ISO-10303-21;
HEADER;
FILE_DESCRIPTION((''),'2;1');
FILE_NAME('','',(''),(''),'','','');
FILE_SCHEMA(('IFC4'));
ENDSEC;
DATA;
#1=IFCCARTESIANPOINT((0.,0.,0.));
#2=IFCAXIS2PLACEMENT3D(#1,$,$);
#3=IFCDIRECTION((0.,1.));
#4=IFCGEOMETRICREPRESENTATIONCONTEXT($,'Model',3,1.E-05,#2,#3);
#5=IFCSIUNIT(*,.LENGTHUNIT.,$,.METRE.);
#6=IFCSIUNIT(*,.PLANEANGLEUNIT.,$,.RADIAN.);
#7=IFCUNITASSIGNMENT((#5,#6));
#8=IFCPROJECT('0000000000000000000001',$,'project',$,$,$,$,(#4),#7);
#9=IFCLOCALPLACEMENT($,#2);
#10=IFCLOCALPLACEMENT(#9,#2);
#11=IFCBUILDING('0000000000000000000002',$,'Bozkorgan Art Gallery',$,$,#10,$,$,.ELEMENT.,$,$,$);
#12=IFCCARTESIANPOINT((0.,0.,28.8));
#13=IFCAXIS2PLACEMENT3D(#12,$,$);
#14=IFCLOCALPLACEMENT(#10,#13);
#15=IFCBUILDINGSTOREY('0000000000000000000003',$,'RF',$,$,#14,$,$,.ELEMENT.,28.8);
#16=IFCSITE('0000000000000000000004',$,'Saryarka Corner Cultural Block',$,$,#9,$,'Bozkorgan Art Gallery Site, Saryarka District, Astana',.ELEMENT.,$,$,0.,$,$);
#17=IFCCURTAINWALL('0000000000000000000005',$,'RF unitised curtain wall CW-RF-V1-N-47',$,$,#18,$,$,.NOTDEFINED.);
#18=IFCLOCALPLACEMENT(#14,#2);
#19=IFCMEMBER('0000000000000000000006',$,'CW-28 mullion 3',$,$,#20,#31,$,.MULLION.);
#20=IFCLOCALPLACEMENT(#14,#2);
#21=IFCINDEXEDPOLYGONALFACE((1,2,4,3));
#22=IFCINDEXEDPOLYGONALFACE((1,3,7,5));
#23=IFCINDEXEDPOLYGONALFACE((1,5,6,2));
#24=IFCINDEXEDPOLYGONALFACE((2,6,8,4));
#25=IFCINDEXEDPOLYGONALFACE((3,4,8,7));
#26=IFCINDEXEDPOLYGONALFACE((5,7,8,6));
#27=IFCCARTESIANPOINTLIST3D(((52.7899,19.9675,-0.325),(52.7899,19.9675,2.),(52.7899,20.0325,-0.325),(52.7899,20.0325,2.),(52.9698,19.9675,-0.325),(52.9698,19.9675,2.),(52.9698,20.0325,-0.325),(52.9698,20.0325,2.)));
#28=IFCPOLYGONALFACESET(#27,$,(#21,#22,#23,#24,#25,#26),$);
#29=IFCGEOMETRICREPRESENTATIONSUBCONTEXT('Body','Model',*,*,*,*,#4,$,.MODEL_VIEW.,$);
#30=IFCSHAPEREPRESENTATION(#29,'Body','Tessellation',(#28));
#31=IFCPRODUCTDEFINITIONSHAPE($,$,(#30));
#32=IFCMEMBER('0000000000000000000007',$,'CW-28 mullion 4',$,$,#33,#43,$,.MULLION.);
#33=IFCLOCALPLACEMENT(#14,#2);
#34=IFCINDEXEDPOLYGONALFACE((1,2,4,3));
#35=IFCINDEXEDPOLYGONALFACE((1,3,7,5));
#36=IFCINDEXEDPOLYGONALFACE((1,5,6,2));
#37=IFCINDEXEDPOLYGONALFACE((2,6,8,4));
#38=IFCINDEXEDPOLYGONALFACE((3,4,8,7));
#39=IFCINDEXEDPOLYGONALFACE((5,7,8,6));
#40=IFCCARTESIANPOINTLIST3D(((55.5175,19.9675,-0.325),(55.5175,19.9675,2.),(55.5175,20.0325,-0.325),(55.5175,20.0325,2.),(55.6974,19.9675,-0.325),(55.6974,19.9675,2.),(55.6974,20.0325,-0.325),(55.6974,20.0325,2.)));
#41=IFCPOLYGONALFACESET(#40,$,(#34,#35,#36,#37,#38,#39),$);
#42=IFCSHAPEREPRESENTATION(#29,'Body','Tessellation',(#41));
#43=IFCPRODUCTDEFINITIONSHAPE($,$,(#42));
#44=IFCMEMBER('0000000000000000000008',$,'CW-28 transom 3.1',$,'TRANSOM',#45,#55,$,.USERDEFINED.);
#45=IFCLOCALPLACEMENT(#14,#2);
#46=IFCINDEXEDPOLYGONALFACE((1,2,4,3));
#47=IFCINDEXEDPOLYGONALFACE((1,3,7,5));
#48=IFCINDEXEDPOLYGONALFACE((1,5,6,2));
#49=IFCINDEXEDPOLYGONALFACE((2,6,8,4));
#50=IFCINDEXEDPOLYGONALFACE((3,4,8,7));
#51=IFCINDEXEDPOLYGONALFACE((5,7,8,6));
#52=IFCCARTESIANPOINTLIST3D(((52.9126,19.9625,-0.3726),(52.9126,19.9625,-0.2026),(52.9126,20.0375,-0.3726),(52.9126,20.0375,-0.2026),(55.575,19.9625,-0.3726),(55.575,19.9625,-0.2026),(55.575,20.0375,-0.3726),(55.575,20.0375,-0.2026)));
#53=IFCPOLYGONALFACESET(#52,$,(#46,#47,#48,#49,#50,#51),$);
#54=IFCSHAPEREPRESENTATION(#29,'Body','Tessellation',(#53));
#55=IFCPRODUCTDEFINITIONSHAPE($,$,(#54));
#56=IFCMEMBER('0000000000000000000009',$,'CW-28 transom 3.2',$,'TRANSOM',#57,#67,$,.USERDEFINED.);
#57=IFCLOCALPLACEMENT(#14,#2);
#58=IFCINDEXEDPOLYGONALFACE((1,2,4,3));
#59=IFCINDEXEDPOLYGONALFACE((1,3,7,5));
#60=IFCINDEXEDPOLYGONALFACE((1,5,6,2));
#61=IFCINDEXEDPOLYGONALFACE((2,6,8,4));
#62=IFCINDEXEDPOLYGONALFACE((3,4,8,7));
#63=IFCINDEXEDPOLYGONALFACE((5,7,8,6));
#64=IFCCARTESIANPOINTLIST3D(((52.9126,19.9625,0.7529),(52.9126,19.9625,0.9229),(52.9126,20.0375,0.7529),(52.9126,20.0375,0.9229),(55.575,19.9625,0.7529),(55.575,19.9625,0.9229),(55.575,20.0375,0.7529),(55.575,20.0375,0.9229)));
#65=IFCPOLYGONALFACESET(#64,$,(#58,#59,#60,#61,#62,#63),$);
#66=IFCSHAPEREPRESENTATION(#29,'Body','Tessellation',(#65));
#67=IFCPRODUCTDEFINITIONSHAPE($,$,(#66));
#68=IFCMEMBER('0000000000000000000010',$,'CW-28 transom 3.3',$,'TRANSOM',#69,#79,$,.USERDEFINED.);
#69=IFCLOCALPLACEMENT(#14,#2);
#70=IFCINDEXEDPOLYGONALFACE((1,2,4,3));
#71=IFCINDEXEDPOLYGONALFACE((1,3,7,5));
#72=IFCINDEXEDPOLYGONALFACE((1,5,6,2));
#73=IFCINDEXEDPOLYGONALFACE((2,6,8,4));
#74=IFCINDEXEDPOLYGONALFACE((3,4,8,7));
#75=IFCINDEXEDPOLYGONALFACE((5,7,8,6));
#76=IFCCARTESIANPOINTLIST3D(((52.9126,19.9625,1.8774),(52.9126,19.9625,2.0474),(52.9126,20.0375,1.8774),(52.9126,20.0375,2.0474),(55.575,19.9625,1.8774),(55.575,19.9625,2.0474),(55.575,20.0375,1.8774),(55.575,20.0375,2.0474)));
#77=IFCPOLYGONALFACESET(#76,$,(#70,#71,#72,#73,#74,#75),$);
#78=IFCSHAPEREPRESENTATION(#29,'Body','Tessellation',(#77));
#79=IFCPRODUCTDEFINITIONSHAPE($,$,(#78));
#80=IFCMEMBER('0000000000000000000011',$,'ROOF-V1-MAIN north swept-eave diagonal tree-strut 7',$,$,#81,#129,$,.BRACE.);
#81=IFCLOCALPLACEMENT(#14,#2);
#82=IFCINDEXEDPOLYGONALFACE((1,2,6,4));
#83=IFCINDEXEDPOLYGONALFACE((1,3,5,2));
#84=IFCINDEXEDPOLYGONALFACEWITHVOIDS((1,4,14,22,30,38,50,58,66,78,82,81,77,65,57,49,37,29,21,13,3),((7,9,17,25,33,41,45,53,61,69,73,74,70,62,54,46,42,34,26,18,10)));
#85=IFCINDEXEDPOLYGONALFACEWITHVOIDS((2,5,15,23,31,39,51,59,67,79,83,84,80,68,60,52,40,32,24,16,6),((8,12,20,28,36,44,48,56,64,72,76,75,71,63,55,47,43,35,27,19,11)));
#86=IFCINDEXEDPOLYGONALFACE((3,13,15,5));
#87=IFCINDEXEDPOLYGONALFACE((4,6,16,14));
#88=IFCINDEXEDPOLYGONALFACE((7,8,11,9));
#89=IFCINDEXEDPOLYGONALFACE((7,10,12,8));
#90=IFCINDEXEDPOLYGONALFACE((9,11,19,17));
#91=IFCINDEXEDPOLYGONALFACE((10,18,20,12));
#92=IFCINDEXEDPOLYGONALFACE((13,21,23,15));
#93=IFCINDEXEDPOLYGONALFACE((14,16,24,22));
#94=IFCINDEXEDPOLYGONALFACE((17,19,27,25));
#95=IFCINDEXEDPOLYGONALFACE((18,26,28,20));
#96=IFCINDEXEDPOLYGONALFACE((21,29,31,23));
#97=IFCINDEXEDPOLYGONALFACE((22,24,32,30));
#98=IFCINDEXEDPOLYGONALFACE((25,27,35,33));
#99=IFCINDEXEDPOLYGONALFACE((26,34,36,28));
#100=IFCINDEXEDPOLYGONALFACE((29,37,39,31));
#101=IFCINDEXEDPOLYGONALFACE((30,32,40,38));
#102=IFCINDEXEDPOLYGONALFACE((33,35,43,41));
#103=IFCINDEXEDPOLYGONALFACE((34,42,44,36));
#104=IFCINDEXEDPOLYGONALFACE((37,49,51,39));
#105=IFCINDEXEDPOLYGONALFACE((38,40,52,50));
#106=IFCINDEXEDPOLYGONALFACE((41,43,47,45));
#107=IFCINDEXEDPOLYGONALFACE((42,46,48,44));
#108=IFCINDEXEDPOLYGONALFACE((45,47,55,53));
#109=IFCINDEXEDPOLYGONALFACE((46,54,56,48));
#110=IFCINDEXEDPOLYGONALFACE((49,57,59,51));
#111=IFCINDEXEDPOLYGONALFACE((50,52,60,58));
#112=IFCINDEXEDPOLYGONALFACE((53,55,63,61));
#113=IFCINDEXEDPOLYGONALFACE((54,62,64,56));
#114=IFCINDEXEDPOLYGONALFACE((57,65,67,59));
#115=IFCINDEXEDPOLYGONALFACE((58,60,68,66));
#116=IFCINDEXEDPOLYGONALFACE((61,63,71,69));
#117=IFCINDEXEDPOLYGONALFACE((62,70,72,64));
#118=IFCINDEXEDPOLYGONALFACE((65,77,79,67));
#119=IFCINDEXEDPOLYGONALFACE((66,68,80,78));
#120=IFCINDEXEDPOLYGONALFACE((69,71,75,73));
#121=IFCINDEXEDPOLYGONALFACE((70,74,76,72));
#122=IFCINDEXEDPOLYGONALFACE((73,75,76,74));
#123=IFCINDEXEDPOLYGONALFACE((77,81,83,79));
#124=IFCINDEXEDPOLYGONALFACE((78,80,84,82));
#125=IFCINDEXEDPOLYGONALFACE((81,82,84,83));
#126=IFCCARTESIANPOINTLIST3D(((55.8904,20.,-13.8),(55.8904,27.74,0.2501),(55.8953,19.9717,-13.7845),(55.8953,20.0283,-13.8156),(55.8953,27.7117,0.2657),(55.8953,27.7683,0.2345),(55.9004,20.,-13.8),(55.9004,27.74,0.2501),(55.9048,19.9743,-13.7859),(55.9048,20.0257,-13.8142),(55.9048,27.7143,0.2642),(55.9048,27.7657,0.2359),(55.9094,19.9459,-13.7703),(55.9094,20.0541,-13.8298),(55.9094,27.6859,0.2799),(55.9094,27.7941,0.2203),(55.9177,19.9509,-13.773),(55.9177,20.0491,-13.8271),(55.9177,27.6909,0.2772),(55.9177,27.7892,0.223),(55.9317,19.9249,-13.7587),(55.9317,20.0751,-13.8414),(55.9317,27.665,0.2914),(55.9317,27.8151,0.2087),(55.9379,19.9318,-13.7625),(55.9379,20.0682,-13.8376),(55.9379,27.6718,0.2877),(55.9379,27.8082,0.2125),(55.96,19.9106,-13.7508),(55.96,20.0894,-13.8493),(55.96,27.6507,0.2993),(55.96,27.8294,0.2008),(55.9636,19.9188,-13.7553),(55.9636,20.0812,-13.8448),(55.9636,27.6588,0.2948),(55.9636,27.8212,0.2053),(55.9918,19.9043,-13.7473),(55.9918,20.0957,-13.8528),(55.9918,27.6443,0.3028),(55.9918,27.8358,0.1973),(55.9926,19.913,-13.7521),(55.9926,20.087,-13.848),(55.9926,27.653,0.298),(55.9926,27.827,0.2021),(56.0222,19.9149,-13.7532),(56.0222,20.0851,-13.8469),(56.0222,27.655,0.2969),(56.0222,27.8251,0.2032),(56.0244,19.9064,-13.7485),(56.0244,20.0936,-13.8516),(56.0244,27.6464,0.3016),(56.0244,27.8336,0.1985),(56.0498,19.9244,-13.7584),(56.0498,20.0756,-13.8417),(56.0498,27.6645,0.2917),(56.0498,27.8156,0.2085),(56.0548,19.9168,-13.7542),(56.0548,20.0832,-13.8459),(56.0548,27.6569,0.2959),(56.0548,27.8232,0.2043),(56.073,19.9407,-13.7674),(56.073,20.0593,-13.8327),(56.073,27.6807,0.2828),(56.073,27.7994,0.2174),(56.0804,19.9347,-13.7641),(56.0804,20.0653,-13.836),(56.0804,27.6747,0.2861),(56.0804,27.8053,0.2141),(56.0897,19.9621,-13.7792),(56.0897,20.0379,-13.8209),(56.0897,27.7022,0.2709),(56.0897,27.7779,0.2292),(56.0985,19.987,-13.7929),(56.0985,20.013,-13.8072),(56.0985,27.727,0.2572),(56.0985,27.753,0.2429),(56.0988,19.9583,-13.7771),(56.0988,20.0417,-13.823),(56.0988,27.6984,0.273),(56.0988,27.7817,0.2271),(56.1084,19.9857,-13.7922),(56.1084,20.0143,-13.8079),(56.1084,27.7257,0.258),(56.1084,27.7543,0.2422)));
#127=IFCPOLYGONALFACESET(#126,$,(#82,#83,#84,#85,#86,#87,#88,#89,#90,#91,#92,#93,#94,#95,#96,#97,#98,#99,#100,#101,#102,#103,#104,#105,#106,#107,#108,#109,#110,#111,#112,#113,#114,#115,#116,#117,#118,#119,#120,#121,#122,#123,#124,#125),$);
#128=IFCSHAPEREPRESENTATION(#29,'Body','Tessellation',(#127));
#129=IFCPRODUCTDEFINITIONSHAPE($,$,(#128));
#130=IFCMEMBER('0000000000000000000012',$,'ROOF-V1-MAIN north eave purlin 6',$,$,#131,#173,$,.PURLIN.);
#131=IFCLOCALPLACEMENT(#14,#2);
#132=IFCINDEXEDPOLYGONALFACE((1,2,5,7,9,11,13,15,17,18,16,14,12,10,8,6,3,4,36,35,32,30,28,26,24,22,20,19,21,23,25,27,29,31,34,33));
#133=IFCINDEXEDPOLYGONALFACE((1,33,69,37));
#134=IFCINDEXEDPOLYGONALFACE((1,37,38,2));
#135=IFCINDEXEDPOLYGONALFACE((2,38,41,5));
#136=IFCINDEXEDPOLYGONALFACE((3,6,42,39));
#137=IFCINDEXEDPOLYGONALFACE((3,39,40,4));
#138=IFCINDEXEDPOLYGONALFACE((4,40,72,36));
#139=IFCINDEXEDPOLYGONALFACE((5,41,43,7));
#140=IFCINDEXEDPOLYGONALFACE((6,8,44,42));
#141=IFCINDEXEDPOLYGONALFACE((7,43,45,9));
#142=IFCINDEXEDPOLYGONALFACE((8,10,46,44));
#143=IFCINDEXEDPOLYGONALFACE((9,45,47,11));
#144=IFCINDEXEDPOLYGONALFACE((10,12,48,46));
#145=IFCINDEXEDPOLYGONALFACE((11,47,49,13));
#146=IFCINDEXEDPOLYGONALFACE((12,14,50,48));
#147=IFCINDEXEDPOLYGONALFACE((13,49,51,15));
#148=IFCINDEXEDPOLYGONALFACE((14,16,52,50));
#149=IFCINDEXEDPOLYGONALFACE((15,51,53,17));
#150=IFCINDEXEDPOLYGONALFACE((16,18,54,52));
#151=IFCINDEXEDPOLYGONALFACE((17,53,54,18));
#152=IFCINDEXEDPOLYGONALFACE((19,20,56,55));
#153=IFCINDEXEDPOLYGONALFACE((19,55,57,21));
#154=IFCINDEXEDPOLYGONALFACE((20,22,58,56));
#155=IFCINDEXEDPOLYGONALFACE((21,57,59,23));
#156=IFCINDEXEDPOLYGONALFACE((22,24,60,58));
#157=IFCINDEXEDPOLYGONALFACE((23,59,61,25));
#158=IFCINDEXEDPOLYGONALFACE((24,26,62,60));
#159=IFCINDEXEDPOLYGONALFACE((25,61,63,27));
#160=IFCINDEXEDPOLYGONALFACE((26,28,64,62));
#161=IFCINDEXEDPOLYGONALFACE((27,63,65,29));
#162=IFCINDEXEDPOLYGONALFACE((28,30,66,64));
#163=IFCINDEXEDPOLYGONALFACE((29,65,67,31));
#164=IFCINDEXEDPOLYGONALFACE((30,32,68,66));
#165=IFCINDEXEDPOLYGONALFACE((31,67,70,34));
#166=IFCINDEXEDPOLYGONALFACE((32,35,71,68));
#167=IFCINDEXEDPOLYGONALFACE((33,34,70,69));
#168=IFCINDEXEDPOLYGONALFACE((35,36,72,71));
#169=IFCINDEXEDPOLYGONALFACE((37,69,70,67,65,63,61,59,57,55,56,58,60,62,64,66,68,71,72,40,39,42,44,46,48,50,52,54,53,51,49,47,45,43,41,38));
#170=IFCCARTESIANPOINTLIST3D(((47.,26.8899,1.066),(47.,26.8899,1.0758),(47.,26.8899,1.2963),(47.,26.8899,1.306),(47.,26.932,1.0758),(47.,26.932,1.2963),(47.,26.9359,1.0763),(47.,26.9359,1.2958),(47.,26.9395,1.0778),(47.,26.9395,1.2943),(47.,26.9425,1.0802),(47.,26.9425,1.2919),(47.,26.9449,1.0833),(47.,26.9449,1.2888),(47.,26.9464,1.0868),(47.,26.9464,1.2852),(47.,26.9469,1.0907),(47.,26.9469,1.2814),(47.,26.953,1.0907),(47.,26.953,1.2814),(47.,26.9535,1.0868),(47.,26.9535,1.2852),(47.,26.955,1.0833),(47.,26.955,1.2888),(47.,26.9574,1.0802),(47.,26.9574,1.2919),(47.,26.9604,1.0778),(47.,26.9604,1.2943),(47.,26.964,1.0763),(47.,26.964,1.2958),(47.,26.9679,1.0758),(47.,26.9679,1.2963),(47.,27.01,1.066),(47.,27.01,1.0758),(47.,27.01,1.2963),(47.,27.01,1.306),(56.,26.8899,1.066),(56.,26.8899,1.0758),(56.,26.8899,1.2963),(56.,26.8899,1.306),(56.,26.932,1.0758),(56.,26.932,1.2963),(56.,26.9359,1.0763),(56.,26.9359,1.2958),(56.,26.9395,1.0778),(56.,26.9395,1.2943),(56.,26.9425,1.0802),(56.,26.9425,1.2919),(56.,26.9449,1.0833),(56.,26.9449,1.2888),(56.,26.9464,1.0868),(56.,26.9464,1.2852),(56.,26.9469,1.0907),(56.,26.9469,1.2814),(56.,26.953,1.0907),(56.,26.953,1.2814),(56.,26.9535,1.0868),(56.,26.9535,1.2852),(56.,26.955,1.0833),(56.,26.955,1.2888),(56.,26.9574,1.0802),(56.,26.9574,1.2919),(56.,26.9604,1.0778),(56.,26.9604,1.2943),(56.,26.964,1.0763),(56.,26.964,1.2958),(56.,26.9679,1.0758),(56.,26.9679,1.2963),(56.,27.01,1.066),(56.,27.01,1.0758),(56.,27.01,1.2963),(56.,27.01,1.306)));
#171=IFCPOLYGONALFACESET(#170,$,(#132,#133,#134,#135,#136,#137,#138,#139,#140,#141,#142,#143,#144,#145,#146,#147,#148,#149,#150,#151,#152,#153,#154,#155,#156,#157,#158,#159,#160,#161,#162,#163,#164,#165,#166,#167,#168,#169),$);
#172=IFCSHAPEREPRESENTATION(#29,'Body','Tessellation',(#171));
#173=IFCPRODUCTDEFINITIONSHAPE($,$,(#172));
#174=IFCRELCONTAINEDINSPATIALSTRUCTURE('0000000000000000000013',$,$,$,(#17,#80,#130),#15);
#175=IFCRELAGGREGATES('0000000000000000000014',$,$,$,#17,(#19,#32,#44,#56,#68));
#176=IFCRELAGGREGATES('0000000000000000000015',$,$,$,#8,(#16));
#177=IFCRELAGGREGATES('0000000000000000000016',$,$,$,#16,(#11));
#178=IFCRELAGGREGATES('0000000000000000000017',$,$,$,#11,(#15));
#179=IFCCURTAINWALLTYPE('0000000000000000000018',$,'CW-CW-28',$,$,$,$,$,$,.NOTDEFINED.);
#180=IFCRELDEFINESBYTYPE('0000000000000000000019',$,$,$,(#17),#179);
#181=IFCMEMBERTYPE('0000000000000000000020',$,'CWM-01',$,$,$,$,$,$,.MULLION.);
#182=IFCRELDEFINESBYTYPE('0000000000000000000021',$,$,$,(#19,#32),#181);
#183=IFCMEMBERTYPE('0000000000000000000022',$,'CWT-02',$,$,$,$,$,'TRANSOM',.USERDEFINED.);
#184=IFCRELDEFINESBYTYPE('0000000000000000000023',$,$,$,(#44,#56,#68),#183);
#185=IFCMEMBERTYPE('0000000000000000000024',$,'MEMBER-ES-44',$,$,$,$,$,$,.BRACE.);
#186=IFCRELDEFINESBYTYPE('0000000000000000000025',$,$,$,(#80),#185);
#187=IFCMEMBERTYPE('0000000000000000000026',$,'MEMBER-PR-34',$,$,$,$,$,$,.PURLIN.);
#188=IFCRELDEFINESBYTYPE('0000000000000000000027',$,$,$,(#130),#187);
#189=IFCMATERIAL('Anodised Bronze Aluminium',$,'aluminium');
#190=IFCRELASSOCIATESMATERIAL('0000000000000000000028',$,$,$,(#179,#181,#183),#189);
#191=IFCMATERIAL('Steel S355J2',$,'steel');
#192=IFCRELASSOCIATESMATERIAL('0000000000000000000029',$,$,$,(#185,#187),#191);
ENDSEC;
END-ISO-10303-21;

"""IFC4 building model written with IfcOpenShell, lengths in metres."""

from ifc_helpers import new_model, si_unit, direction, frame, origin, origin_2d, place, context, subcontext, project, spatial, rectangle, hollow_circle, i_section, extrude, material, material_profile, profile_set, type_object, element, aggregate, save


model = new_model("IFC4")

# Units and contexts
model_context = context("Model", 3, precision=1e-05, world=origin(), true_north=direction((0.0, 1.0)))
body_context = subcontext(model_context, "Body", "Model", "MODEL_VIEW")
ifc_project = project(units=[si_unit("LENGTHUNIT", "METRE"), si_unit("PLANEANGLEUNIT", "RADIAN")], contexts=[model_context])

# Site, building, storey
site_placement = place(None, origin())
site = spatial("IfcSite", under=ifc_project, at=site_placement, Name="Saryarka Corner Cultural Block", LongName="Bozkorgan Art Gallery Site, Saryarka District, Astana", CompositionType="ELEMENT", RefElevation=0.0)
building_placement = place(site_placement, origin())
building = spatial("IfcBuilding", under=site, at=building_placement, Name="Bozkorgan Art Gallery", CompositionType="ELEMENT")
storey_placement = place(building_placement, frame((0.0, 0.0, 28.8)))
storey = spatial("IfcBuildingStorey", under=building, at=storey_placement, Name="RF", CompositionType="ELEMENT", Elevation=28.8)

# Curtain wall, members
ifc_material_1 = material(Name="Anodised Bronze Aluminium", Category="aluminium")
curtain_wall_type = type_object("IfcCurtainWallType", Name="CW-CW-28", PredefinedType="NOTDEFINED", material=ifc_material_1)
curtain_wall_placement = place(storey_placement, origin())
curtain_wall = element("IfcCurtainWall", 1, at=curtain_wall_placement, inside=storey, type_object=curtain_wall_type, Name="RF unitised curtain wall CW-RF-V1-N-47", PredefinedType="NOTDEFINED")
ifc_material_profile_1 = material_profile(ifc_material_1, rectangle(XDim=0.0649, YDim=0.1799, at=origin_2d()), Name="ALU MULLION 65x180")
ifc_profile_set_1 = profile_set([ifc_material_profile_1], Name="Anodised Bronze Aluminium")
member_type_1 = type_object("IfcMemberType", Name="CWM-01", PredefinedType="MULLION", material=ifc_profile_set_1)
member_1_placement = place(storey_placement, frame((52.8799, 20.0, -0.325), z_axis=(0.0, 0.0, 1.0), x_axis=(0.0, 1.0, 0.0)))
member_1 = element("IfcMember", 2, at=member_1_placement, type_object=member_type_1, Name="CW-28 mullion 3", PredefinedType="MULLION", context=body_context, shape_type="SweptSolid", body=[
    extrude(rectangle(XDim=0.0649, YDim=0.1799, at=origin_2d()), origin(), (0.0, 0.0, 1.0), 2.325),
])
member_2_placement = place(storey_placement, frame((55.6074, 20.0, -0.325), z_axis=(0.0, 0.0, 1.0), x_axis=(0.0, 1.0, 0.0)))
member_2 = element("IfcMember", 3, at=member_2_placement, type_object=member_type_1, Name="CW-28 mullion 4", PredefinedType="MULLION", context=body_context, shape_type="SweptSolid", body=[
    extrude(rectangle(XDim=0.0649, YDim=0.1799, at=origin_2d()), origin(), (0.0, 0.0, 1.0), 2.325),
])
ifc_material_profile_2 = material_profile(ifc_material_1, rectangle(XDim=0.075, YDim=0.1699, at=origin_2d()), Name="ALU TRANSOM 75x170")
ifc_profile_set_2 = profile_set([ifc_material_profile_2], Name="Anodised Bronze Aluminium")
member_type_2 = type_object("IfcMemberType", Name="CWT-02", ElementType="TRANSOM", PredefinedType="USERDEFINED", material=ifc_profile_set_2)
member_3_placement = place(storey_placement, frame((52.9126, 20.0, -0.2876), z_axis=(1.0, 0.0, 0.0), x_axis=(0.0, 1.0, 0.0)))
member_3 = element("IfcMember", 4, at=member_3_placement, type_object=member_type_2, Name="CW-28 transom 3.1", ObjectType="TRANSOM", PredefinedType="USERDEFINED", context=body_context, shape_type="SweptSolid", body=[
    extrude(rectangle(XDim=0.075, YDim=0.1699, at=origin_2d()), origin(), (0.0, 0.0, 1.0), 2.6624),
])
member_4_placement = place(storey_placement, frame((52.9126, 20.0, 0.8379), z_axis=(1.0, 0.0, 0.0), x_axis=(0.0, 1.0, 0.0)))
member_4 = element("IfcMember", 5, at=member_4_placement, type_object=member_type_2, Name="CW-28 transom 3.2", ObjectType="TRANSOM", PredefinedType="USERDEFINED", context=body_context, shape_type="SweptSolid", body=[
    extrude(rectangle(XDim=0.075, YDim=0.1699, at=origin_2d()), origin(), (0.0, 0.0, 1.0), 2.6624),
])
member_5_placement = place(storey_placement, frame((52.9126, 20.0, 1.9624), z_axis=(1.0, 0.0, 0.0), x_axis=(0.0, 1.0, 0.0)))
member_5 = element("IfcMember", 6, at=member_5_placement, type_object=member_type_2, Name="CW-28 transom 3.3", ObjectType="TRANSOM", PredefinedType="USERDEFINED", context=body_context, shape_type="SweptSolid", body=[
    extrude(rectangle(XDim=0.075, YDim=0.1699, at=origin_2d()), origin(), (0.0, 0.0, 1.0), 2.6624),
])

# Members
ifc_material_2 = material(Name="Steel S355J2", Category="steel")
ifc_material_profile_3 = material_profile(ifc_material_2, hollow_circle(Radius=0.1096, WallThickness=0.01, at=origin_2d()), Name="CHS 219.1x10")
ifc_profile_set_3 = profile_set([ifc_material_profile_3], Name="Steel S355J2")
member_type_3 = type_object("IfcMemberType", Name="MEMBER-ES-44", PredefinedType="BRACE", material=ifc_profile_set_3)
member_6_placement = place(storey_placement, frame((56.0, 20.0, -13.8), z_axis=(0.0, 0.482515, 0.875888), x_axis=(-1.0, 0.0, 0.0)))
element("IfcMember", 7, at=member_6_placement, inside=storey, type_object=member_type_3, Name="ROOF-V1-MAIN north swept-eave diagonal tree-strut 7", PredefinedType="BRACE", context=body_context, shape_type="SweptSolid", body=[
    extrude(hollow_circle(Radius=0.1096, WallThickness=0.01, at=origin_2d()), origin(), (0.0, 0.0, 1.0), 16.041),
])
ifc_material_profile_4 = material_profile(ifc_material_2, i_section(OverallWidth=0.1201, OverallDepth=0.24, WebThickness=0.0061, FlangeThickness=0.0098, FilletRadius=0.0149, at=origin_2d()), Name="IPE 240")
ifc_profile_set_4 = profile_set([ifc_material_profile_4], Name="Steel S355J2")
member_type_4 = type_object("IfcMemberType", Name="MEMBER-PR-34", PredefinedType="PURLIN", material=ifc_profile_set_4)
member_7_placement = place(storey_placement, frame((47.0, 26.95, 1.186), z_axis=(1.0, 0.0, 0.0), x_axis=(0.0, 1.0, 0.0)))
element("IfcMember", 8, at=member_7_placement, inside=storey, type_object=member_type_4, Name="ROOF-V1-MAIN north eave purlin 6", PredefinedType="PURLIN", context=body_context, shape_type="SweptSolid", body=[
    extrude(i_section(OverallWidth=0.1201, OverallDepth=0.24, WebThickness=0.0061, FlangeThickness=0.0098, FilletRadius=0.0149, at=origin_2d()), origin(), (0.0, 0.0, 1.0), 9.0),
])

aggregate(curtain_wall, [member_1, member_2, member_3, member_4, member_5])

save(model, "model.ifc")
